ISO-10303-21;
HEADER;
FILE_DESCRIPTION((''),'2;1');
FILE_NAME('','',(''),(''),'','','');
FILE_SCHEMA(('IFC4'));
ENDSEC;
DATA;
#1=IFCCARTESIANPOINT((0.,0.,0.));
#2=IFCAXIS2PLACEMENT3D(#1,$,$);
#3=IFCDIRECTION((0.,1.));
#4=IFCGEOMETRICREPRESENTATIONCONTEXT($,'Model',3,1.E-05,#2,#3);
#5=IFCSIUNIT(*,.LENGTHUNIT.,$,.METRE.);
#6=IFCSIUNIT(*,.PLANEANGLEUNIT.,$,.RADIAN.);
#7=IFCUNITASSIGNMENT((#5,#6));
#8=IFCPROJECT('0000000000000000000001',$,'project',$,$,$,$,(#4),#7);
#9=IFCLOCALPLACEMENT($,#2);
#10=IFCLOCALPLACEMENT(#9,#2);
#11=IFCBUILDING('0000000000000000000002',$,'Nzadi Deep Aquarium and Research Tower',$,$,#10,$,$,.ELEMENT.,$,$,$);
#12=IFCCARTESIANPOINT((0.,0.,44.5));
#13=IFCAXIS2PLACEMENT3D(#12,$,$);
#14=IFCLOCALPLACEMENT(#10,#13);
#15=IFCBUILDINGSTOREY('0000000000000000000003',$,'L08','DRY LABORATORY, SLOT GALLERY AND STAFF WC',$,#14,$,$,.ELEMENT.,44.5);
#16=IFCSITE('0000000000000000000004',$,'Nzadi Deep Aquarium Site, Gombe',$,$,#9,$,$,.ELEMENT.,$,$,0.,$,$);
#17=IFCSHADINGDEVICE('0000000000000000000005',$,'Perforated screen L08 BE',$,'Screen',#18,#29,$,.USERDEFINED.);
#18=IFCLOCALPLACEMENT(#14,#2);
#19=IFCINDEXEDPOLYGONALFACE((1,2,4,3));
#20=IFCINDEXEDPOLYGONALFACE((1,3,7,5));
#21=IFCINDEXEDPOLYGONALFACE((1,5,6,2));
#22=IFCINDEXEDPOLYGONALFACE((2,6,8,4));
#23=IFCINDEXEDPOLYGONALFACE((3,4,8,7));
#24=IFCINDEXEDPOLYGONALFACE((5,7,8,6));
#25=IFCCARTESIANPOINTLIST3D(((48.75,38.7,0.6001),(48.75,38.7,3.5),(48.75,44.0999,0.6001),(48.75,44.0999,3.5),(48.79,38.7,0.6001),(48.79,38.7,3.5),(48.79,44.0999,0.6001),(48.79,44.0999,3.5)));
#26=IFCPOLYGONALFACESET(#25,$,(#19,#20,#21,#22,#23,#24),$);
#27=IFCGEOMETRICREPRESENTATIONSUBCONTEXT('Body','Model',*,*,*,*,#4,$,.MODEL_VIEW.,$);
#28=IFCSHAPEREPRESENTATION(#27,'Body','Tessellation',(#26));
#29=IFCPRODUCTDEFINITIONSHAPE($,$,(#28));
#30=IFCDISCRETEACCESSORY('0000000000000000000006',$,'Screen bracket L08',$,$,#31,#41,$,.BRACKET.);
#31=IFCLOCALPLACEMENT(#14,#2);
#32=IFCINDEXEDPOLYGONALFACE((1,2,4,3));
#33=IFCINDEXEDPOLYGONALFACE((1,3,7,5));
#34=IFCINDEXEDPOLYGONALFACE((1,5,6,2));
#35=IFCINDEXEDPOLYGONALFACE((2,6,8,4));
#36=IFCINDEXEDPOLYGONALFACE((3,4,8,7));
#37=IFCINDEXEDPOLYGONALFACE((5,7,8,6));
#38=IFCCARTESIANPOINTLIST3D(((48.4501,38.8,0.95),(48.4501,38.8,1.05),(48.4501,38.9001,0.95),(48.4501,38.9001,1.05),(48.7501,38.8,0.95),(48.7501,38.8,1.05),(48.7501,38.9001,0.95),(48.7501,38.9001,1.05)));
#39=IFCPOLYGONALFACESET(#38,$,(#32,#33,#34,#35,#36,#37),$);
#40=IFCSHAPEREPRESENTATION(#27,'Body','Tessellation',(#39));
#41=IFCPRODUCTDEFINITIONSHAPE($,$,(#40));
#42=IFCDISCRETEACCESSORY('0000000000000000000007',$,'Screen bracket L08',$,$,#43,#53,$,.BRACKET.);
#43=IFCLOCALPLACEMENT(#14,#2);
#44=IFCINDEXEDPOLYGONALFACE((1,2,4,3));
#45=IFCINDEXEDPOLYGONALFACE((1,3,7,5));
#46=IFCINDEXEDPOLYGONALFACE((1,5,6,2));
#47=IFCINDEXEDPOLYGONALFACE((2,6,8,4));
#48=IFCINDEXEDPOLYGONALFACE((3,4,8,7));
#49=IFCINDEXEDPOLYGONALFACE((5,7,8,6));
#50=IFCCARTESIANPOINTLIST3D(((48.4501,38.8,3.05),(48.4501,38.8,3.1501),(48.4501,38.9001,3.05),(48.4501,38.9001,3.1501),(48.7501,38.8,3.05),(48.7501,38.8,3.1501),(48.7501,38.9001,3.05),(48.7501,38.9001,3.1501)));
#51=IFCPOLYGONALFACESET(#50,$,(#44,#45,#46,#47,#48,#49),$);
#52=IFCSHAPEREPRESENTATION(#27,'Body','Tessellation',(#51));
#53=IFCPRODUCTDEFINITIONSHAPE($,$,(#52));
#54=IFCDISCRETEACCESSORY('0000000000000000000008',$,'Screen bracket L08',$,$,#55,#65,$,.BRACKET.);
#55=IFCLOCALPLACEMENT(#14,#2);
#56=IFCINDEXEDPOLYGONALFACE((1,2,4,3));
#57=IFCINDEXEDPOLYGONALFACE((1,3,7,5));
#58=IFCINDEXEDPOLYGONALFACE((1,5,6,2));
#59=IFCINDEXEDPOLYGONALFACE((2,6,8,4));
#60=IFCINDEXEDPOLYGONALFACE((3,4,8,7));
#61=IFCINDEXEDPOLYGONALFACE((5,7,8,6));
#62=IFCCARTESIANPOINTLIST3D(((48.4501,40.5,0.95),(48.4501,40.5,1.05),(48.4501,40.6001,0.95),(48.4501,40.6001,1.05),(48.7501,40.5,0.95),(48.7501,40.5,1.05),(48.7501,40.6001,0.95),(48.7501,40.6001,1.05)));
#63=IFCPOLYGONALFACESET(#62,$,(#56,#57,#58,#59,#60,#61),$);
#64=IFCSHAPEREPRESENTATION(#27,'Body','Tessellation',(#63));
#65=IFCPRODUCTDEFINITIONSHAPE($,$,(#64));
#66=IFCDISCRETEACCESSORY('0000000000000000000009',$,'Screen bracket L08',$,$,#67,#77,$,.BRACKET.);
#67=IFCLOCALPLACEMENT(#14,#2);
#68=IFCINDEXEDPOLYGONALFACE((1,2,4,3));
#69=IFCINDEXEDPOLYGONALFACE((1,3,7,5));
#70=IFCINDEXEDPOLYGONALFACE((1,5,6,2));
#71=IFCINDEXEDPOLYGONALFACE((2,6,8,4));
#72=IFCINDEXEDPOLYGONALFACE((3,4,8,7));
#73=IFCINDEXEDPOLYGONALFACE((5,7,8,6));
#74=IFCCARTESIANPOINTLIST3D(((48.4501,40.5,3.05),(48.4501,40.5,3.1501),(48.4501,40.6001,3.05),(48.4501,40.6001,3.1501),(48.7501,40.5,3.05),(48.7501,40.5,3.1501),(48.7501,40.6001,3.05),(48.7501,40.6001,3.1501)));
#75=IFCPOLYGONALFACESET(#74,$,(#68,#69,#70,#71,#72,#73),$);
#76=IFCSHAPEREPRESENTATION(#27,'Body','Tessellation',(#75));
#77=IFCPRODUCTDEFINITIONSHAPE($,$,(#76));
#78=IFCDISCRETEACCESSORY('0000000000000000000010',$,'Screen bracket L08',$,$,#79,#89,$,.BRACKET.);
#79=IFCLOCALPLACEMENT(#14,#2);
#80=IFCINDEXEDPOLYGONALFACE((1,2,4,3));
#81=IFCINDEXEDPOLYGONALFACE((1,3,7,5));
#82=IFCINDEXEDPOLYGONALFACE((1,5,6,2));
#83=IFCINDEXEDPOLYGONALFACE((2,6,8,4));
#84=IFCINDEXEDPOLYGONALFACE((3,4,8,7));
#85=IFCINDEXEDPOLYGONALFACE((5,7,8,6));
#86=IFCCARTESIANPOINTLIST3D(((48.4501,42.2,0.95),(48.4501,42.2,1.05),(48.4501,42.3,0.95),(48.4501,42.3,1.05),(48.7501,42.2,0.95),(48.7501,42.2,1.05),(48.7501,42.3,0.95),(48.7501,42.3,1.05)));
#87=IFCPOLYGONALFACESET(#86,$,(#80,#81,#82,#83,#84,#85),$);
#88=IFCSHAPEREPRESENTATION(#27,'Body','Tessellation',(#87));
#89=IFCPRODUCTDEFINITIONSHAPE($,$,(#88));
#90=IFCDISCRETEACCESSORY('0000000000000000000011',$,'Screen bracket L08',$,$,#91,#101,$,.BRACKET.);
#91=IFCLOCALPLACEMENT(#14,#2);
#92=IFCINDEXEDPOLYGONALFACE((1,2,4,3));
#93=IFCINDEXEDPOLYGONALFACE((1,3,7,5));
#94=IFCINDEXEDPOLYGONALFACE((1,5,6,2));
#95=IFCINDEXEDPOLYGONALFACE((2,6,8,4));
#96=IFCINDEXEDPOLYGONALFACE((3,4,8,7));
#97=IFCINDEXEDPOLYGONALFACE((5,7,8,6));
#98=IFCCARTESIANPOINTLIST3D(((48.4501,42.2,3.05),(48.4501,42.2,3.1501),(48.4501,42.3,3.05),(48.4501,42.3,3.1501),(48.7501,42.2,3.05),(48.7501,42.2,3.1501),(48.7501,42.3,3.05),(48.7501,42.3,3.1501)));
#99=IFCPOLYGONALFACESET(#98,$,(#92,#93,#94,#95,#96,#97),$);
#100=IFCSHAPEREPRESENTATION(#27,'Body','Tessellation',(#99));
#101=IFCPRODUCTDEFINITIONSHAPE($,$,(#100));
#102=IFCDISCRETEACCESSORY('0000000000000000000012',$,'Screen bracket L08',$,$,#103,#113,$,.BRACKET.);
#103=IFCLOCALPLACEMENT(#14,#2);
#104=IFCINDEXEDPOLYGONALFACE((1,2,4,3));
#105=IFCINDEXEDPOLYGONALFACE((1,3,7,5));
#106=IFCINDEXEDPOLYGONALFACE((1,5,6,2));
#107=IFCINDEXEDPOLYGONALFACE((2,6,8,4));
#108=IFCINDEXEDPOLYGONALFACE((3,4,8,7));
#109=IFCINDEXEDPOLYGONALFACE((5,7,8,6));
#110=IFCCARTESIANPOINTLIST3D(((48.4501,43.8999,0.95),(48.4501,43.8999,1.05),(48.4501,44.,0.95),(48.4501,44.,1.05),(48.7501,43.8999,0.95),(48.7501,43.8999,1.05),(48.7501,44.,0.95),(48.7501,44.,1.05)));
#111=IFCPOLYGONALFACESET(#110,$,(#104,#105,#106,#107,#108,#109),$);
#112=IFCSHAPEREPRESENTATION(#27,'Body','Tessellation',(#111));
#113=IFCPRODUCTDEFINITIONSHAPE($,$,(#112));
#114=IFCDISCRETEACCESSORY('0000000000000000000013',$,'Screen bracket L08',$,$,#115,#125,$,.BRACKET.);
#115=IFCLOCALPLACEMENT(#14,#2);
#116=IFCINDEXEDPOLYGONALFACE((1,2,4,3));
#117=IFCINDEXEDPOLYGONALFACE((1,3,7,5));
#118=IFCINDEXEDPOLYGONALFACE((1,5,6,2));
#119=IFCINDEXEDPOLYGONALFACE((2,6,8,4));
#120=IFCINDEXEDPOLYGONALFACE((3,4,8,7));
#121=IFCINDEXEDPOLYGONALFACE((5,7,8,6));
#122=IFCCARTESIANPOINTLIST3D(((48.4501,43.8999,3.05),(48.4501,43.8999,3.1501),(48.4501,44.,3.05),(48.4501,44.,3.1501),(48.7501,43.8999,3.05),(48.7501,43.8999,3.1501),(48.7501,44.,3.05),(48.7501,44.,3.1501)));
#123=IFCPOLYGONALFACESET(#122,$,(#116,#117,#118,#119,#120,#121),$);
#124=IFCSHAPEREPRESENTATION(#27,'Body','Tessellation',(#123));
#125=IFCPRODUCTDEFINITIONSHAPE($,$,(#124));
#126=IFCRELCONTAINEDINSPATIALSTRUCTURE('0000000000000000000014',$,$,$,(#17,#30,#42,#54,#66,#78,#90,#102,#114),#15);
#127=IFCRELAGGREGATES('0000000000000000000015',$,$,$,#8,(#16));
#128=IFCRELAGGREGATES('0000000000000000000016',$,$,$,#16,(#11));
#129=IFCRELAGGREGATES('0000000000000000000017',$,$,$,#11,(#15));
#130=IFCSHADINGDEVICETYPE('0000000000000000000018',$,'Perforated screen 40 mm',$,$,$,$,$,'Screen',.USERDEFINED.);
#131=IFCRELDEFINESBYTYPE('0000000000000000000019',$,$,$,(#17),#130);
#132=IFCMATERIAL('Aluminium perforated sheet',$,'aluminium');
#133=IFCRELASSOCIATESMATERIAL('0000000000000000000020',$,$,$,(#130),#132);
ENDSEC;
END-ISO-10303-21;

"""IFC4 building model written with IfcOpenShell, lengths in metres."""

from ifc_helpers import new_model, si_unit, direction, frame, origin, origin_2d, place, context, subcontext, project, spatial, rectangle, extrude, material, type_object, element, save


model = new_model("IFC4")

# Units and contexts
model_context = context("Model", 3, precision=1e-05, world=origin(), true_north=direction((0.0, 1.0)))
body_context = subcontext(model_context, "Body", "Model", "MODEL_VIEW")
ifc_project = project(units=[si_unit("LENGTHUNIT", "METRE"), si_unit("PLANEANGLEUNIT", "RADIAN")], contexts=[model_context])

# Site, building, storey
site_placement = place(None, origin())
site = spatial("IfcSite", under=ifc_project, at=site_placement, Name="Nzadi Deep Aquarium Site, Gombe", CompositionType="ELEMENT", RefElevation=0.0)
building_placement = place(site_placement, origin())
building = spatial("IfcBuilding", under=site, at=building_placement, Name="Nzadi Deep Aquarium and Research Tower", CompositionType="ELEMENT")
storey_placement = place(building_placement, frame((0.0, 0.0, 44.5)))
storey = spatial("IfcBuildingStorey", under=building, at=storey_placement, Name="L08", Description="DRY LABORATORY, SLOT GALLERY AND STAFF WC", CompositionType="ELEMENT", Elevation=44.5)

# Shading device
ifc_material_1 = material(Name="Aluminium perforated sheet", Category="aluminium")
shading_device_type = type_object("IfcShadingDeviceType", Name="Perforated screen 40 mm", ElementType="Screen", PredefinedType="USERDEFINED", material=ifc_material_1)
shading_device_placement = place(storey_placement, frame((48.77, 41.3999, 0.6001), z_axis=(0.0, 0.0, 1.0), x_axis=(1.0, 0.0, 0.0)))
element("IfcShadingDevice", 1, at=shading_device_placement, inside=storey, type_object=shading_device_type, Name="Perforated screen L08 BE", ObjectType="Screen", PredefinedType="USERDEFINED", context=body_context, shape_type="SweptSolid", body=[
    extrude(rectangle(XDim=0.04, YDim=5.3999, at=origin_2d()), origin(), (0.0, 0.0, 1.0), 2.8999),
])

# Discrete accessories
for number, where, z_axis, x_axis, name in (
    (2, (48.6001, 38.8501, 0.95), (0.0, 0.0, 1.0), (1.0, 0.0, 0.0), "Screen bracket L08"),
    (3, (48.6001, 38.8501, 3.05), (0.0, 0.0, 1.0), (1.0, 0.0, 0.0), "Screen bracket L08"),
    (4, (48.6001, 40.55, 0.95), (0.0, 0.0, 1.0), (1.0, 0.0, 0.0), "Screen bracket L08"),
    (5, (48.6001, 40.55, 3.05), (0.0, 0.0, 1.0), (1.0, 0.0, 0.0), "Screen bracket L08"),
    (6, (48.6001, 42.25, 0.95), (0.0, 0.0, 1.0), (1.0, 0.0, 0.0), "Screen bracket L08"),
    (7, (48.6001, 42.25, 3.05), (0.0, 0.0, 1.0), (1.0, 0.0, 0.0), "Screen bracket L08"),
    (8, (48.6001, 43.95, 0.95), (0.0, 0.0, 1.0), (1.0, 0.0, 0.0), "Screen bracket L08"),
    (9, (48.6001, 43.95, 3.05), (0.0, 0.0, 1.0), (1.0, 0.0, 0.0), "Screen bracket L08"),
):
    element("IfcDiscreteAccessory", number, at=place(storey_placement, frame(where, z_axis=z_axis, x_axis=x_axis)), inside=storey, Name=name, PredefinedType="BRACKET", context=body_context, shape_type="SweptSolid", body=[
        extrude(rectangle(XDim=0.3, YDim=0.1001, at=origin_2d()), origin(), (0.0, 0.0, 1.0), 0.1001),
    ])

save(model, "model.ifc")
